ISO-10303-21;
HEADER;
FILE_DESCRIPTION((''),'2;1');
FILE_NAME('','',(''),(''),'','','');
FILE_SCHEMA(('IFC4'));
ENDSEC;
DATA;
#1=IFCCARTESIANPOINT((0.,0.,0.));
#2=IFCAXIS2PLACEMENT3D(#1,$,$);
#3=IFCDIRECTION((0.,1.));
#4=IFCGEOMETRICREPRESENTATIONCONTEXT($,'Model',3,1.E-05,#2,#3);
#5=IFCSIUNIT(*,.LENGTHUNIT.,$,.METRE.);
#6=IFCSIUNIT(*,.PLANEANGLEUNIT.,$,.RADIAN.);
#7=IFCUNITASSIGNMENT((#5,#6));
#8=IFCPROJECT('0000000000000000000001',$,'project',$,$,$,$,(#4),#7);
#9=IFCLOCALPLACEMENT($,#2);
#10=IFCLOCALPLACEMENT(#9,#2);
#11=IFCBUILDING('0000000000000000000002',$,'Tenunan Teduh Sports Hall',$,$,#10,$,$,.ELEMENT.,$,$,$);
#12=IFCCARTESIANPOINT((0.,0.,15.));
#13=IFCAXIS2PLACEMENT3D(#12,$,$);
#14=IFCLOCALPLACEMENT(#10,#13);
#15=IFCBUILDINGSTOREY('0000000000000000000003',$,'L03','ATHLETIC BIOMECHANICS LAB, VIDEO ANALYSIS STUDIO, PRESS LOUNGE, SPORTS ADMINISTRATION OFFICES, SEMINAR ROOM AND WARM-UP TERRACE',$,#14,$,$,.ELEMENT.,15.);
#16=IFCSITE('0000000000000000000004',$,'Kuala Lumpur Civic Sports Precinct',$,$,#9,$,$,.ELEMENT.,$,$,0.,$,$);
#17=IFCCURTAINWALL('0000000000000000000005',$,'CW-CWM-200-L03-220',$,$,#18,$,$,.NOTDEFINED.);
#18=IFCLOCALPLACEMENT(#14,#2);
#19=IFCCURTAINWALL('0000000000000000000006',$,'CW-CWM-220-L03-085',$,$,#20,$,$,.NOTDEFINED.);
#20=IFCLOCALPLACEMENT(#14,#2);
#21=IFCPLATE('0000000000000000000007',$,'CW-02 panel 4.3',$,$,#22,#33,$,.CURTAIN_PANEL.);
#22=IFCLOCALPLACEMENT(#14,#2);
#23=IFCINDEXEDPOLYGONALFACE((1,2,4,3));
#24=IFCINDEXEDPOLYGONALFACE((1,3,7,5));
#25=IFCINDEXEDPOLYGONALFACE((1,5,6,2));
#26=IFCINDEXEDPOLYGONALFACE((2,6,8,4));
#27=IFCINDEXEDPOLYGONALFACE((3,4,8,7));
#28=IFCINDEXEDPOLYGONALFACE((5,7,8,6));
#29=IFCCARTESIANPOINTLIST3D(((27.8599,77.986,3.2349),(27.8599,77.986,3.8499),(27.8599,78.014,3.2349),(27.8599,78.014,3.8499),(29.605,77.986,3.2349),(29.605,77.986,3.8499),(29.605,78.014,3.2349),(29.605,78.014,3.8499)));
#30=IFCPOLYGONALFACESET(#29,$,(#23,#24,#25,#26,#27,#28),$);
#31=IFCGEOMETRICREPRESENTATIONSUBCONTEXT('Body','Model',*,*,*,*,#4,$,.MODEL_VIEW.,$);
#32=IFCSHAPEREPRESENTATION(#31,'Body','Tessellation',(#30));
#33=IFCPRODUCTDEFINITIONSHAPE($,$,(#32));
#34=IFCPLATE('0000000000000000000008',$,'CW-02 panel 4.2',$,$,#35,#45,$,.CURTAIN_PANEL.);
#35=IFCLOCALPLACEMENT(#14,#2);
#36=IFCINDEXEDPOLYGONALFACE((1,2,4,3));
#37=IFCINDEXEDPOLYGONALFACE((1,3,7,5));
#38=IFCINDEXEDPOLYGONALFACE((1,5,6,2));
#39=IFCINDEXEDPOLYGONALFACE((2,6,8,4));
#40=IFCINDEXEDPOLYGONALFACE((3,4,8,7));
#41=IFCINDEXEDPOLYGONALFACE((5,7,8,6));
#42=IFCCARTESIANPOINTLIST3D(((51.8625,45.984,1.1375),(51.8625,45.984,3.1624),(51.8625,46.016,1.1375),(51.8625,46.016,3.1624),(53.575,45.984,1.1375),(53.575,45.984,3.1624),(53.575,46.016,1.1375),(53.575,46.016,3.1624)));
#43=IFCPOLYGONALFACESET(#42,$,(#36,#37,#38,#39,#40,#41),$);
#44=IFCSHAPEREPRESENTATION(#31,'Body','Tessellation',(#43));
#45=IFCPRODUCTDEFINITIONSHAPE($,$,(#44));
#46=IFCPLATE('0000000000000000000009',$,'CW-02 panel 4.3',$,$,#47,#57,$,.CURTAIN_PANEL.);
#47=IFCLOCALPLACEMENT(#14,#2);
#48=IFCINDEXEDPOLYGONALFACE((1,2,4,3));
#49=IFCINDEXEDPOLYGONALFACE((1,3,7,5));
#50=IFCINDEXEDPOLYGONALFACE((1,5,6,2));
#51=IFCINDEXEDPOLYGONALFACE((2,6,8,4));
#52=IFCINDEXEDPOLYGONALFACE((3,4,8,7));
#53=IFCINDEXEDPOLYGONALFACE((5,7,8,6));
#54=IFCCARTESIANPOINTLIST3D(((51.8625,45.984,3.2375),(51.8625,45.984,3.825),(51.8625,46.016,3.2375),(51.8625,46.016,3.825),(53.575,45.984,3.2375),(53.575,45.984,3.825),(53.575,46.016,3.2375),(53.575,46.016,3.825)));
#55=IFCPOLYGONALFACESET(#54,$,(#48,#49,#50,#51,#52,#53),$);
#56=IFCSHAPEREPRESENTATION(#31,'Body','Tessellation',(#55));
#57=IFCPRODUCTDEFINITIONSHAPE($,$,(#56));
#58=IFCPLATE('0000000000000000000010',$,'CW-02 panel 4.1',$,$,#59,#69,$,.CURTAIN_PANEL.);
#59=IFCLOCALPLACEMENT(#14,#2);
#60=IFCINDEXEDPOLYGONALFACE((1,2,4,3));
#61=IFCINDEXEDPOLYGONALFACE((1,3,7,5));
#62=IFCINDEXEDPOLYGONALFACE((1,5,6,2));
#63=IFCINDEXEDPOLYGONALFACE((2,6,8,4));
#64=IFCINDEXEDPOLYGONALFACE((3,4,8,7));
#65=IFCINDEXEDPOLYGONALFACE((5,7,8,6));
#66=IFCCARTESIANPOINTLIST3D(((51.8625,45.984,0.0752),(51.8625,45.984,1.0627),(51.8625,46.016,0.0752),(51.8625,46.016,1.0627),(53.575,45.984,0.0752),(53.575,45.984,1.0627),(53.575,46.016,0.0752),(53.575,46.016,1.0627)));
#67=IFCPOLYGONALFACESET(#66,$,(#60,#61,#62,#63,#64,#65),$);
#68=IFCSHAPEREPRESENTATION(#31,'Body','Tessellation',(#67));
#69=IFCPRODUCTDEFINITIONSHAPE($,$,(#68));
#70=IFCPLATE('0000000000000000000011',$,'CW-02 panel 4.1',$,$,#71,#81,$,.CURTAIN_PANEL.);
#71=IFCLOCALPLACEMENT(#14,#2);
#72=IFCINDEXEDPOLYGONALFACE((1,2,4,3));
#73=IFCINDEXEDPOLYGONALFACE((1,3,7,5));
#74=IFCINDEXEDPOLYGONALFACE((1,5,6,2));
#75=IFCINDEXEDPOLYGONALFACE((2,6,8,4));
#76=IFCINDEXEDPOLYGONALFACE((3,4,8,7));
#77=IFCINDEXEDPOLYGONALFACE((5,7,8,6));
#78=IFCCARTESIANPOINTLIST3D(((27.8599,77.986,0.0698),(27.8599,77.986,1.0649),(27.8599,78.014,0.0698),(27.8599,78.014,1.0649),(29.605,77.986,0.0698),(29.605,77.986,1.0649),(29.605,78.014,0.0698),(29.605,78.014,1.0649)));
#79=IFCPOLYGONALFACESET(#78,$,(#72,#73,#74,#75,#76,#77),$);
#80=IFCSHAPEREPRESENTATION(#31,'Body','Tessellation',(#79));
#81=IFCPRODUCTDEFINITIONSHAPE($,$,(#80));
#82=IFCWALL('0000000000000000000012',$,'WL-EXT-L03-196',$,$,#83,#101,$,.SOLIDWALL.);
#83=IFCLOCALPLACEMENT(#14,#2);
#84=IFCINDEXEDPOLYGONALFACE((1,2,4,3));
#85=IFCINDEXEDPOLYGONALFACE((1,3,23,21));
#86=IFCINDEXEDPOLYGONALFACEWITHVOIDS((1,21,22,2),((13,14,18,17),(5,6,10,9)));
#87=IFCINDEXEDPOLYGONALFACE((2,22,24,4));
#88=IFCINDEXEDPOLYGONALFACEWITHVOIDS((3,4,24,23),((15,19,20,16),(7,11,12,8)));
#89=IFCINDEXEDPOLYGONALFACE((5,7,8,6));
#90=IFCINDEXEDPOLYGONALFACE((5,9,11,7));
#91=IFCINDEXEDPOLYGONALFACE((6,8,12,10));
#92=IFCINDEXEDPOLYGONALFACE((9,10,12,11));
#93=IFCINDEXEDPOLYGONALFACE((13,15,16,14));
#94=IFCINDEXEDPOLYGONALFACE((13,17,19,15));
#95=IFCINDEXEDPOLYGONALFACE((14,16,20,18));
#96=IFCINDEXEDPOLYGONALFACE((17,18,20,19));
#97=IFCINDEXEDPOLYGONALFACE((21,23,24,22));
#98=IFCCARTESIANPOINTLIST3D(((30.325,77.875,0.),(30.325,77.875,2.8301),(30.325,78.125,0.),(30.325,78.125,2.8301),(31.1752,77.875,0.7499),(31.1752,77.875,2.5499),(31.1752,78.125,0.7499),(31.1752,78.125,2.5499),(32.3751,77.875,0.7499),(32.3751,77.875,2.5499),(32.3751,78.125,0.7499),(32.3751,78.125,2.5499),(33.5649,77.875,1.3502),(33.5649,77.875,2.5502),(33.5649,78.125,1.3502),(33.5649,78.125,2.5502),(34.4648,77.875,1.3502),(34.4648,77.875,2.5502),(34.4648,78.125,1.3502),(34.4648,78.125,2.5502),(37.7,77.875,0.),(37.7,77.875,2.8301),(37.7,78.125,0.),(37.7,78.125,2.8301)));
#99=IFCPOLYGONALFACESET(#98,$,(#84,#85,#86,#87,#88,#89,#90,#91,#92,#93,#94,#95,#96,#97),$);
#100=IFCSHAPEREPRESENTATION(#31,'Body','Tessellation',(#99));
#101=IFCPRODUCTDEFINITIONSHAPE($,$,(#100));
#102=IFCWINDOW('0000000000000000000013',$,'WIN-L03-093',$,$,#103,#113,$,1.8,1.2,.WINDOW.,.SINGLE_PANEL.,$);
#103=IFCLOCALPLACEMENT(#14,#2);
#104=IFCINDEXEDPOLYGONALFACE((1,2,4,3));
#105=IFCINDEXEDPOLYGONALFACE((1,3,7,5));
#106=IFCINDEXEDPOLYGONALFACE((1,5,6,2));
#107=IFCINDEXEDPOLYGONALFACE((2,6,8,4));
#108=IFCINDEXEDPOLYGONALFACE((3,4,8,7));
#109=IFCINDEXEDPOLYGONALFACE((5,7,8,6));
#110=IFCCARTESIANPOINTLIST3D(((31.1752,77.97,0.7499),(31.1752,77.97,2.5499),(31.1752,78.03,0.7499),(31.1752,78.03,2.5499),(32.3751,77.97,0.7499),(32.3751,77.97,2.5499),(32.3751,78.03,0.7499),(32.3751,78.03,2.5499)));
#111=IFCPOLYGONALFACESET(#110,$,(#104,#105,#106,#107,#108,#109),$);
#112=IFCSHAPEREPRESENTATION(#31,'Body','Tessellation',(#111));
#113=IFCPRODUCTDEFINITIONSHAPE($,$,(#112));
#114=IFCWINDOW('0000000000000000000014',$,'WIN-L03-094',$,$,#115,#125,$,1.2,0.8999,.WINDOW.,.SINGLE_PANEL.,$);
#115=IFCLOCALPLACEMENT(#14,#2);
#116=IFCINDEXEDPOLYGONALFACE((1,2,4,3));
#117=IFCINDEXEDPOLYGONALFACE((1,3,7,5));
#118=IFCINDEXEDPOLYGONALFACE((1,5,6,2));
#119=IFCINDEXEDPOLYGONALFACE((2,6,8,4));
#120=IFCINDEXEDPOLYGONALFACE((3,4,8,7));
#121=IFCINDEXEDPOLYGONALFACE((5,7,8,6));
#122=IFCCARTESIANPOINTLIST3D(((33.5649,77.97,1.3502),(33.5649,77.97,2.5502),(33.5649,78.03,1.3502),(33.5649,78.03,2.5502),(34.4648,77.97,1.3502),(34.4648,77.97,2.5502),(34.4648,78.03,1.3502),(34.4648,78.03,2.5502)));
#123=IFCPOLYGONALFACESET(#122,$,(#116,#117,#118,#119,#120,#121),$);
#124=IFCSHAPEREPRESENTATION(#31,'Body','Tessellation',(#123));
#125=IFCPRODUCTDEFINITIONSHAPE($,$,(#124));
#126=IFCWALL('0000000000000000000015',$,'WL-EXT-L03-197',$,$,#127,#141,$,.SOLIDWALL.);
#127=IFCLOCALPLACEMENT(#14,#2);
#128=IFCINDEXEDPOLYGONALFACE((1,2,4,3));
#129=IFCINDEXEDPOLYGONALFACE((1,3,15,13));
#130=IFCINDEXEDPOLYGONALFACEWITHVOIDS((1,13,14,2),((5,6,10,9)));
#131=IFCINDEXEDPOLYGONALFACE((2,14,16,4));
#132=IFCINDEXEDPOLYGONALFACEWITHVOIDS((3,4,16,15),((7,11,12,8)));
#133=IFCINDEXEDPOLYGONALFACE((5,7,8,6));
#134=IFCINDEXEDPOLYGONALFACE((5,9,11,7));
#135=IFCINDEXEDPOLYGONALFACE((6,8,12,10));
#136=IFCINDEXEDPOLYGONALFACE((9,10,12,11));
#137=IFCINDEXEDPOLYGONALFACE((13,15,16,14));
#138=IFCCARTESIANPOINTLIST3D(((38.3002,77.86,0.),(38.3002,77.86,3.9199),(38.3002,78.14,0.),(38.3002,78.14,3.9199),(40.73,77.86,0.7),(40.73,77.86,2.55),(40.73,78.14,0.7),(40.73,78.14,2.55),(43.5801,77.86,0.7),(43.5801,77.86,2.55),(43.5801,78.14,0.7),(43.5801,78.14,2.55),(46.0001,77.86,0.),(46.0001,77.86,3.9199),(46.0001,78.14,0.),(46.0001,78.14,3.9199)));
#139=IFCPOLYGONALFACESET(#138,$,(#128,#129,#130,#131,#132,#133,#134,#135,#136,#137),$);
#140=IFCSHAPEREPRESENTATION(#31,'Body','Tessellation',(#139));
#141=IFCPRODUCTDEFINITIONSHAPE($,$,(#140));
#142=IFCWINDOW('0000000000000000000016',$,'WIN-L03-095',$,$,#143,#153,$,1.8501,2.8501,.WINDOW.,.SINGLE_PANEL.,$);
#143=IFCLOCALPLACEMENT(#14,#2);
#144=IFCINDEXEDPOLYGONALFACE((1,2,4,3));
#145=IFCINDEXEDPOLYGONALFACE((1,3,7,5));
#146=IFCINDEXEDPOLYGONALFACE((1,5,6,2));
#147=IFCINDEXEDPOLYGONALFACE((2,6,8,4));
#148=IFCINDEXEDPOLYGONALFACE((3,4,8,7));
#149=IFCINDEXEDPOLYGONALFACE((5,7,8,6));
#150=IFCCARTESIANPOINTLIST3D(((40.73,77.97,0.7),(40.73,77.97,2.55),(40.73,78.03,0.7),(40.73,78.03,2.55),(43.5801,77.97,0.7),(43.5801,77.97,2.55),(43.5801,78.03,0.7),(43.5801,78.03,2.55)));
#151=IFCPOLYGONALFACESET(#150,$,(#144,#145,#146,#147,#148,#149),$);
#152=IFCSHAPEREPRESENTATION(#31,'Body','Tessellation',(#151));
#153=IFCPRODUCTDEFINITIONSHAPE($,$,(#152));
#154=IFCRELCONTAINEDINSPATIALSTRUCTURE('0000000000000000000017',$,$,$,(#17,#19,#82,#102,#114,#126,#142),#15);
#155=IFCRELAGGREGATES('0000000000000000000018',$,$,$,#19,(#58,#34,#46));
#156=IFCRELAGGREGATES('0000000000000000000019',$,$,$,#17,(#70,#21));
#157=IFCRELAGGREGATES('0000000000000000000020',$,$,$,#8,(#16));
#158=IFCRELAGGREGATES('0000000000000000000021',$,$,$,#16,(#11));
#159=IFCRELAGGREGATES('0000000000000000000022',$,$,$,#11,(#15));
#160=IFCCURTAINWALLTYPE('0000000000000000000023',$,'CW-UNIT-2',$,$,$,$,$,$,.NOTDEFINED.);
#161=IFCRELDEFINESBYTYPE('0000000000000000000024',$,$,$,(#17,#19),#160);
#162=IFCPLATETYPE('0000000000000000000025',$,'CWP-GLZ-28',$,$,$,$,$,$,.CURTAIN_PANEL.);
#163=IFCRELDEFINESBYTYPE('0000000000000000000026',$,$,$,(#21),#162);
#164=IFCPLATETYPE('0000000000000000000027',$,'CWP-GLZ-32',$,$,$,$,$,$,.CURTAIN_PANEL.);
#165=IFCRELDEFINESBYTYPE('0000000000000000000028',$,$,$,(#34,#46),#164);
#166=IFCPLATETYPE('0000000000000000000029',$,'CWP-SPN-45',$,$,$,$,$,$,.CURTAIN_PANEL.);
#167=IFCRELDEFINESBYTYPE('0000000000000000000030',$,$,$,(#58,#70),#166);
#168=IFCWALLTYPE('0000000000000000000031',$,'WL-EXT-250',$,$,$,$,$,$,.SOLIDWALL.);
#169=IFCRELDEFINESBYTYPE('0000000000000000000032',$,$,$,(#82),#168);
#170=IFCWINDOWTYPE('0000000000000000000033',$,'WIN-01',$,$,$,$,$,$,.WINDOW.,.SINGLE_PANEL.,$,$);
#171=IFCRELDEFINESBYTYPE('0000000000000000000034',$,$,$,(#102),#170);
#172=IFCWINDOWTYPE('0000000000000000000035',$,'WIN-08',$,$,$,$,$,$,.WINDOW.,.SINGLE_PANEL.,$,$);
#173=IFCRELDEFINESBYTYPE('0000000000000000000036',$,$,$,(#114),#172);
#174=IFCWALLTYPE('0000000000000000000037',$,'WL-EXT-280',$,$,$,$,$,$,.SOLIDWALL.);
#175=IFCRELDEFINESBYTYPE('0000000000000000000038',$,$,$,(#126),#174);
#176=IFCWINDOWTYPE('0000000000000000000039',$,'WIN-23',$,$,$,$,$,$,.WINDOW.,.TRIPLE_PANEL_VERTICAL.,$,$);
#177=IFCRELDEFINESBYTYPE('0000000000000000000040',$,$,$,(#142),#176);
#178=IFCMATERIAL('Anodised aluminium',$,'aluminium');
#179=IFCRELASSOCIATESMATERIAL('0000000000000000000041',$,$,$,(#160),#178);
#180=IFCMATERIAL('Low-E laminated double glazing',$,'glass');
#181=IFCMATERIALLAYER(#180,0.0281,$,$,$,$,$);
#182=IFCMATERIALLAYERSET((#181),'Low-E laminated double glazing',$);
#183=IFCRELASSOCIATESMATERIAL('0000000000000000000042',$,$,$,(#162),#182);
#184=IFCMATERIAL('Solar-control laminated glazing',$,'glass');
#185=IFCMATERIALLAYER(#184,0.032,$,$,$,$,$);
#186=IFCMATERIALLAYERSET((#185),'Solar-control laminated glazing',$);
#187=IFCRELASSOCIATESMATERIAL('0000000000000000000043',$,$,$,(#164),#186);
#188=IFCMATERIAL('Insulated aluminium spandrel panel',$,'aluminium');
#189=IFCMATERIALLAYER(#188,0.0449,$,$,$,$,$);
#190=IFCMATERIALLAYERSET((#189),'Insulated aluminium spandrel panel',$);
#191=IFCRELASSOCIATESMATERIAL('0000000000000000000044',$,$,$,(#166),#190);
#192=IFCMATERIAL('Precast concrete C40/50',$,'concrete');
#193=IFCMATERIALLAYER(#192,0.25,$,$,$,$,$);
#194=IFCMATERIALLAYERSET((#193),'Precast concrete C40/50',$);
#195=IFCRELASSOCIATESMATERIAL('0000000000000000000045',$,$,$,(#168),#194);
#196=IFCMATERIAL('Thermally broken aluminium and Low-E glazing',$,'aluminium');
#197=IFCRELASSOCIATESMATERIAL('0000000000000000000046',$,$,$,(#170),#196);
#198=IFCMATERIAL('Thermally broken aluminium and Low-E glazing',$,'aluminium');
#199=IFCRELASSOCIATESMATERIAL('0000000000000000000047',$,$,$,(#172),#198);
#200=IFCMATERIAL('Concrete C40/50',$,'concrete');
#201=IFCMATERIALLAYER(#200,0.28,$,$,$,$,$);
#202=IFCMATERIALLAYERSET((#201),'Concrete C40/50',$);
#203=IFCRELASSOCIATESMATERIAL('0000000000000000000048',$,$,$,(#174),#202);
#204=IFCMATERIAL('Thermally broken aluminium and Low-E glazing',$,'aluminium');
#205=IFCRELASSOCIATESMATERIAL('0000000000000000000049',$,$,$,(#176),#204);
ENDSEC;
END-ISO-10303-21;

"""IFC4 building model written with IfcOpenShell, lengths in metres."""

from ifc_helpers import new_model, si_unit, direction, frame, frame_2d, origin, origin_2d, place, context, subcontext, project, spatial, rectangle, extrude, material, layer, layer_set, type_object, element, fill, aggregate, save


model = new_model("IFC4")

# Units and contexts
model_context = context("Model", 3, precision=1e-05, world=origin(), true_north=direction((0.0, 1.0)))
body_context = subcontext(model_context, "Body", "Model", "MODEL_VIEW")
ifc_project = project(units=[si_unit("LENGTHUNIT", "METRE"), si_unit("PLANEANGLEUNIT", "RADIAN")], contexts=[model_context])

# Site, building, storey
site_placement = place(None, origin())
site = spatial("IfcSite", under=ifc_project, at=site_placement, Name="Kuala Lumpur Civic Sports Precinct", CompositionType="ELEMENT", RefElevation=0.0)
building_placement = place(site_placement, origin())
building = spatial("IfcBuilding", under=site, at=building_placement, Name="Tenunan Teduh Sports Hall", CompositionType="ELEMENT")
storey_placement = place(building_placement, frame((0.0, 0.0, 15.0)))
storey = spatial("IfcBuildingStorey", under=building, at=storey_placement, Name="L03", Description="ATHLETIC BIOMECHANICS LAB, VIDEO ANALYSIS STUDIO, PRESS LOUNGE, SPORTS ADMINISTRATION OFFICES, SEMINAR ROOM AND WARM-UP TERRACE", CompositionType="ELEMENT", Elevation=15.0)

# Curtain walls
ifc_material_1 = material(Name="Anodised aluminium", Category="aluminium")
curtain_wall_type = type_object("IfcCurtainWallType", Name="CW-UNIT-2", PredefinedType="NOTDEFINED", material=ifc_material_1)
curtain_wall_1_placement = place(storey_placement, origin())
curtain_wall_1 = element("IfcCurtainWall", 1, at=curtain_wall_1_placement, inside=storey, type_object=curtain_wall_type, Name="CW-CWM-200-L03-220", PredefinedType="NOTDEFINED")
curtain_wall_2_placement = place(storey_placement, origin())
curtain_wall_2 = element("IfcCurtainWall", 2, at=curtain_wall_2_placement, inside=storey, type_object=curtain_wall_type, Name="CW-CWM-220-L03-085", PredefinedType="NOTDEFINED")

# Plates
ifc_material_2 = material(Name="Low-E laminated double glazing", Category="glass")
ifc_layer_1 = layer(ifc_material_2, 0.0281)
ifc_layer_set_1 = layer_set([ifc_layer_1], Name="Low-E laminated double glazing")
plate_type_1 = type_object("IfcPlateType", Name="CWP-GLZ-28", PredefinedType="CURTAIN_PANEL", material=ifc_layer_set_1)
plate_1_placement = place(storey_placement, frame((28.7324, 78.0, 3.2349), z_axis=(0.0, 0.0, 1.0), x_axis=(1.0, 0.0, 0.0)))
plate_1 = element("IfcPlate", 3, at=plate_1_placement, type_object=plate_type_1, Name="CW-02 panel 4.3", PredefinedType="CURTAIN_PANEL", context=body_context, shape_type="SweptSolid", body=[
    extrude(rectangle(XDim=1.7451, YDim=0.0281, at=origin_2d()), origin(), (0.0, 0.0, 1.0), 0.615),
])
ifc_material_3 = material(Name="Solar-control laminated glazing", Category="glass")
ifc_layer_2 = layer(ifc_material_3, 0.032)
ifc_layer_set_2 = layer_set([ifc_layer_2], Name="Solar-control laminated glazing")
plate_type_2 = type_object("IfcPlateType", Name="CWP-GLZ-32", PredefinedType="CURTAIN_PANEL", material=ifc_layer_set_2)
plate_2_placement = place(storey_placement, frame((52.7188, 46.0, 1.1375), z_axis=(0.0, 0.0, 1.0), x_axis=(1.0, 0.0, 0.0)))
plate_2 = element("IfcPlate", 4, at=plate_2_placement, type_object=plate_type_2, Name="CW-02 panel 4.2", PredefinedType="CURTAIN_PANEL", context=body_context, shape_type="SweptSolid", body=[
    extrude(rectangle(XDim=1.7124, YDim=0.032, at=origin_2d()), origin(), (0.0, 0.0, 1.0), 2.0249),
])
plate_3_placement = place(storey_placement, frame((52.7188, 46.0, 3.2375), z_axis=(0.0, 0.0, 1.0), x_axis=(1.0, 0.0, 0.0)))
plate_3 = element("IfcPlate", 5, at=plate_3_placement, type_object=plate_type_2, Name="CW-02 panel 4.3", PredefinedType="CURTAIN_PANEL", context=body_context, shape_type="SweptSolid", body=[
    extrude(rectangle(XDim=1.7124, YDim=0.032, at=origin_2d()), origin(), (0.0, 0.0, 1.0), 0.5874),
])
ifc_material_4 = material(Name="Insulated aluminium spandrel panel", Category="aluminium")
ifc_layer_3 = layer(ifc_material_4, 0.0449)
ifc_layer_set_3 = layer_set([ifc_layer_3], Name="Insulated aluminium spandrel panel")
plate_type_3 = type_object("IfcPlateType", Name="CWP-SPN-45", PredefinedType="CURTAIN_PANEL", material=ifc_layer_set_3)
plate_4_placement = place(storey_placement, frame((52.7188, 46.0, 0.0752), z_axis=(0.0, 0.0, 1.0), x_axis=(1.0, 0.0, 0.0)))
plate_4 = element("IfcPlate", 6, at=plate_4_placement, type_object=plate_type_3, Name="CW-02 panel 4.1", PredefinedType="CURTAIN_PANEL", context=body_context, shape_type="SweptSolid", body=[
    extrude(rectangle(XDim=1.7124, YDim=0.032, at=origin_2d()), origin(), (0.0, 0.0, 1.0), 0.9875),
])
aggregate(curtain_wall_2, [plate_4, plate_2, plate_3])
plate_5_placement = place(storey_placement, frame((28.7324, 78.0, 0.0698), z_axis=(0.0, 0.0, 1.0), x_axis=(1.0, 0.0, 0.0)))
plate_5 = element("IfcPlate", 7, at=plate_5_placement, type_object=plate_type_3, Name="CW-02 panel 4.1", PredefinedType="CURTAIN_PANEL", context=body_context, shape_type="SweptSolid", body=[
    extrude(rectangle(XDim=1.7451, YDim=0.0281, at=origin_2d()), origin(), (0.0, 0.0, 1.0), 0.9951),
])
aggregate(curtain_wall_1, [plate_5, plate_1])

# Wall, openings, windows
ifc_material_5 = material(Name="Precast concrete C40/50", Category="concrete")
ifc_layer_4 = layer(ifc_material_5, 0.25)
ifc_layer_set_4 = layer_set([ifc_layer_4], Name="Precast concrete C40/50")
wall_type_1 = type_object("IfcWallType", Name="WL-EXT-250", PredefinedType="SOLIDWALL", material=ifc_layer_set_4)
wall_1_placement = place(storey_placement, frame((30.325, 78.0, 0.0), z_axis=(0.0, 0.0, 1.0), x_axis=(1.0, 0.0, 0.0)))
wall_1 = element("IfcWall", 8, at=wall_1_placement, inside=storey, type_object=wall_type_1, Name="WL-EXT-L03-196", PredefinedType="SOLIDWALL", context=body_context, shape_type="SweptSolid", body=[
    extrude(rectangle(XDim=7.375, YDim=0.25, at=frame_2d((3.6875, 0.0))), origin(), (0.0, 0.0, 1.0), 2.8301),
])
opening_1_placement = place(wall_1_placement, frame((0.8501, 0.0, 0.75)))
opening_1 = element("IfcOpeningElement", 9, at=opening_1_placement, cuts=wall_1, PredefinedType="OPENING", context=body_context, shape_type="SweptSolid", body=[
    extrude(rectangle(XDim=1.2, YDim=1.8, at=frame_2d((0.6001, 0.8999))), frame((0.0, 0.135, 0.0), z_axis=(0.0, -1.0, 0.0), x_axis=(1.0, 0.0, 0.0)), (0.0, 0.0, 1.0), 0.27),
])
opening_2_placement = place(wall_1_placement, frame((3.24, 0.0, 1.3501)))
opening_2 = element("IfcOpeningElement", 10, at=opening_2_placement, cuts=wall_1, PredefinedType="OPENING", context=body_context, shape_type="SweptSolid", body=[
    extrude(rectangle(XDim=0.8999, YDim=1.2, at=frame_2d((0.45, 0.6001))), frame((0.0, 0.135, 0.0), z_axis=(0.0, -1.0, 0.0), x_axis=(1.0, 0.0, 0.0)), (0.0, 0.0, 1.0), 0.27),
])
ifc_material_6 = material(Name="Thermally broken aluminium and Low-E glazing", Category="aluminium")
window_type_1 = type_object("IfcWindowType", Name="WIN-01", PartitioningType="SINGLE_PANEL", PredefinedType="WINDOW", material=ifc_material_6)
window_1_placement = place(opening_1_placement, origin())
window_1 = element("IfcWindow", 11, at=window_1_placement, inside=storey, type_object=window_type_1, Name="WIN-L03-093", OverallHeight=1.8, OverallWidth=1.2, PartitioningType="SINGLE_PANEL", PredefinedType="WINDOW", context=body_context, shape_type="SweptSolid", body=[
    extrude(rectangle(XDim=1.2, YDim=1.8, at=frame_2d((0.6001, 0.8999))), frame((0.0, 0.03, 0.0), z_axis=(0.0, -1.0, 0.0), x_axis=(1.0, 0.0, 0.0)), (0.0, 0.0, 1.0), 0.0601),
])
fill(opening_1, window_1)
ifc_material_7 = material(Name="Thermally broken aluminium and Low-E glazing", Category="aluminium")
window_type_2 = type_object("IfcWindowType", Name="WIN-08", PartitioningType="SINGLE_PANEL", PredefinedType="WINDOW", material=ifc_material_7)
window_2_placement = place(opening_2_placement, origin())
window_2 = element("IfcWindow", 12, at=window_2_placement, inside=storey, type_object=window_type_2, Name="WIN-L03-094", OverallHeight=1.2, OverallWidth=0.8999, PartitioningType="SINGLE_PANEL", PredefinedType="WINDOW", context=body_context, shape_type="SweptSolid", body=[
    extrude(rectangle(XDim=0.8999, YDim=1.2, at=frame_2d((0.45, 0.6001))), frame((0.0, 0.03, 0.0), z_axis=(0.0, -1.0, 0.0), x_axis=(1.0, 0.0, 0.0)), (0.0, 0.0, 1.0), 0.0601),
])
fill(opening_2, window_2)

# Wall, opening, window
ifc_material_8 = material(Name="Concrete C40/50", Category="concrete")
ifc_layer_5 = layer(ifc_material_8, 0.28)
ifc_layer_set_5 = layer_set([ifc_layer_5], Name="Concrete C40/50")
wall_type_2 = type_object("IfcWallType", Name="WL-EXT-280", PredefinedType="SOLIDWALL", material=ifc_layer_set_5)
wall_2_placement = place(storey_placement, frame((38.3, 78.0, 0.0), z_axis=(0.0, 0.0, 1.0), x_axis=(1.0, 0.0, 0.0)))
wall_2 = element("IfcWall", 13, at=wall_2_placement, inside=storey, type_object=wall_type_2, Name="WL-EXT-L03-197", PredefinedType="SOLIDWALL", context=body_context, shape_type="SweptSolid", body=[
    extrude(rectangle(XDim=7.7, YDim=0.28, at=frame_2d((3.8501, 0.0))), origin(), (0.0, 0.0, 1.0), 3.9199),
])
opening_3_placement = place(wall_2_placement, frame((2.4299, 0.0, 0.7)))
opening_3 = element("IfcOpeningElement", 14, at=opening_3_placement, cuts=wall_2, PredefinedType="OPENING", context=body_context, shape_type="SweptSolid", body=[
    extrude(rectangle(XDim=2.8501, YDim=1.8501, at=frame_2d((1.425, 0.925))), frame((0.0, 0.1499, 0.0), z_axis=(0.0, -1.0, 0.0), x_axis=(1.0, 0.0, 0.0)), (0.0, 0.0, 1.0), 0.3),
])
ifc_material_9 = material(Name="Thermally broken aluminium and Low-E glazing", Category="aluminium")
window_type_3 = type_object("IfcWindowType", Name="WIN-23", PartitioningType="TRIPLE_PANEL_VERTICAL", PredefinedType="WINDOW", material=ifc_material_9)
window_3_placement = place(opening_3_placement, origin())
window_3 = element("IfcWindow", 15, at=window_3_placement, inside=storey, type_object=window_type_3, Name="WIN-L03-095", OverallHeight=1.8501, OverallWidth=2.8501, PartitioningType="SINGLE_PANEL", PredefinedType="WINDOW", context=body_context, shape_type="SweptSolid", body=[
    extrude(rectangle(XDim=2.8501, YDim=1.8501, at=frame_2d((1.425, 0.925))), frame((0.0, 0.03, 0.0), z_axis=(0.0, -1.0, 0.0), x_axis=(1.0, 0.0, 0.0)), (0.0, 0.0, 1.0), 0.0601),
])
fill(opening_3, window_3)

save(model, "model.ifc")
